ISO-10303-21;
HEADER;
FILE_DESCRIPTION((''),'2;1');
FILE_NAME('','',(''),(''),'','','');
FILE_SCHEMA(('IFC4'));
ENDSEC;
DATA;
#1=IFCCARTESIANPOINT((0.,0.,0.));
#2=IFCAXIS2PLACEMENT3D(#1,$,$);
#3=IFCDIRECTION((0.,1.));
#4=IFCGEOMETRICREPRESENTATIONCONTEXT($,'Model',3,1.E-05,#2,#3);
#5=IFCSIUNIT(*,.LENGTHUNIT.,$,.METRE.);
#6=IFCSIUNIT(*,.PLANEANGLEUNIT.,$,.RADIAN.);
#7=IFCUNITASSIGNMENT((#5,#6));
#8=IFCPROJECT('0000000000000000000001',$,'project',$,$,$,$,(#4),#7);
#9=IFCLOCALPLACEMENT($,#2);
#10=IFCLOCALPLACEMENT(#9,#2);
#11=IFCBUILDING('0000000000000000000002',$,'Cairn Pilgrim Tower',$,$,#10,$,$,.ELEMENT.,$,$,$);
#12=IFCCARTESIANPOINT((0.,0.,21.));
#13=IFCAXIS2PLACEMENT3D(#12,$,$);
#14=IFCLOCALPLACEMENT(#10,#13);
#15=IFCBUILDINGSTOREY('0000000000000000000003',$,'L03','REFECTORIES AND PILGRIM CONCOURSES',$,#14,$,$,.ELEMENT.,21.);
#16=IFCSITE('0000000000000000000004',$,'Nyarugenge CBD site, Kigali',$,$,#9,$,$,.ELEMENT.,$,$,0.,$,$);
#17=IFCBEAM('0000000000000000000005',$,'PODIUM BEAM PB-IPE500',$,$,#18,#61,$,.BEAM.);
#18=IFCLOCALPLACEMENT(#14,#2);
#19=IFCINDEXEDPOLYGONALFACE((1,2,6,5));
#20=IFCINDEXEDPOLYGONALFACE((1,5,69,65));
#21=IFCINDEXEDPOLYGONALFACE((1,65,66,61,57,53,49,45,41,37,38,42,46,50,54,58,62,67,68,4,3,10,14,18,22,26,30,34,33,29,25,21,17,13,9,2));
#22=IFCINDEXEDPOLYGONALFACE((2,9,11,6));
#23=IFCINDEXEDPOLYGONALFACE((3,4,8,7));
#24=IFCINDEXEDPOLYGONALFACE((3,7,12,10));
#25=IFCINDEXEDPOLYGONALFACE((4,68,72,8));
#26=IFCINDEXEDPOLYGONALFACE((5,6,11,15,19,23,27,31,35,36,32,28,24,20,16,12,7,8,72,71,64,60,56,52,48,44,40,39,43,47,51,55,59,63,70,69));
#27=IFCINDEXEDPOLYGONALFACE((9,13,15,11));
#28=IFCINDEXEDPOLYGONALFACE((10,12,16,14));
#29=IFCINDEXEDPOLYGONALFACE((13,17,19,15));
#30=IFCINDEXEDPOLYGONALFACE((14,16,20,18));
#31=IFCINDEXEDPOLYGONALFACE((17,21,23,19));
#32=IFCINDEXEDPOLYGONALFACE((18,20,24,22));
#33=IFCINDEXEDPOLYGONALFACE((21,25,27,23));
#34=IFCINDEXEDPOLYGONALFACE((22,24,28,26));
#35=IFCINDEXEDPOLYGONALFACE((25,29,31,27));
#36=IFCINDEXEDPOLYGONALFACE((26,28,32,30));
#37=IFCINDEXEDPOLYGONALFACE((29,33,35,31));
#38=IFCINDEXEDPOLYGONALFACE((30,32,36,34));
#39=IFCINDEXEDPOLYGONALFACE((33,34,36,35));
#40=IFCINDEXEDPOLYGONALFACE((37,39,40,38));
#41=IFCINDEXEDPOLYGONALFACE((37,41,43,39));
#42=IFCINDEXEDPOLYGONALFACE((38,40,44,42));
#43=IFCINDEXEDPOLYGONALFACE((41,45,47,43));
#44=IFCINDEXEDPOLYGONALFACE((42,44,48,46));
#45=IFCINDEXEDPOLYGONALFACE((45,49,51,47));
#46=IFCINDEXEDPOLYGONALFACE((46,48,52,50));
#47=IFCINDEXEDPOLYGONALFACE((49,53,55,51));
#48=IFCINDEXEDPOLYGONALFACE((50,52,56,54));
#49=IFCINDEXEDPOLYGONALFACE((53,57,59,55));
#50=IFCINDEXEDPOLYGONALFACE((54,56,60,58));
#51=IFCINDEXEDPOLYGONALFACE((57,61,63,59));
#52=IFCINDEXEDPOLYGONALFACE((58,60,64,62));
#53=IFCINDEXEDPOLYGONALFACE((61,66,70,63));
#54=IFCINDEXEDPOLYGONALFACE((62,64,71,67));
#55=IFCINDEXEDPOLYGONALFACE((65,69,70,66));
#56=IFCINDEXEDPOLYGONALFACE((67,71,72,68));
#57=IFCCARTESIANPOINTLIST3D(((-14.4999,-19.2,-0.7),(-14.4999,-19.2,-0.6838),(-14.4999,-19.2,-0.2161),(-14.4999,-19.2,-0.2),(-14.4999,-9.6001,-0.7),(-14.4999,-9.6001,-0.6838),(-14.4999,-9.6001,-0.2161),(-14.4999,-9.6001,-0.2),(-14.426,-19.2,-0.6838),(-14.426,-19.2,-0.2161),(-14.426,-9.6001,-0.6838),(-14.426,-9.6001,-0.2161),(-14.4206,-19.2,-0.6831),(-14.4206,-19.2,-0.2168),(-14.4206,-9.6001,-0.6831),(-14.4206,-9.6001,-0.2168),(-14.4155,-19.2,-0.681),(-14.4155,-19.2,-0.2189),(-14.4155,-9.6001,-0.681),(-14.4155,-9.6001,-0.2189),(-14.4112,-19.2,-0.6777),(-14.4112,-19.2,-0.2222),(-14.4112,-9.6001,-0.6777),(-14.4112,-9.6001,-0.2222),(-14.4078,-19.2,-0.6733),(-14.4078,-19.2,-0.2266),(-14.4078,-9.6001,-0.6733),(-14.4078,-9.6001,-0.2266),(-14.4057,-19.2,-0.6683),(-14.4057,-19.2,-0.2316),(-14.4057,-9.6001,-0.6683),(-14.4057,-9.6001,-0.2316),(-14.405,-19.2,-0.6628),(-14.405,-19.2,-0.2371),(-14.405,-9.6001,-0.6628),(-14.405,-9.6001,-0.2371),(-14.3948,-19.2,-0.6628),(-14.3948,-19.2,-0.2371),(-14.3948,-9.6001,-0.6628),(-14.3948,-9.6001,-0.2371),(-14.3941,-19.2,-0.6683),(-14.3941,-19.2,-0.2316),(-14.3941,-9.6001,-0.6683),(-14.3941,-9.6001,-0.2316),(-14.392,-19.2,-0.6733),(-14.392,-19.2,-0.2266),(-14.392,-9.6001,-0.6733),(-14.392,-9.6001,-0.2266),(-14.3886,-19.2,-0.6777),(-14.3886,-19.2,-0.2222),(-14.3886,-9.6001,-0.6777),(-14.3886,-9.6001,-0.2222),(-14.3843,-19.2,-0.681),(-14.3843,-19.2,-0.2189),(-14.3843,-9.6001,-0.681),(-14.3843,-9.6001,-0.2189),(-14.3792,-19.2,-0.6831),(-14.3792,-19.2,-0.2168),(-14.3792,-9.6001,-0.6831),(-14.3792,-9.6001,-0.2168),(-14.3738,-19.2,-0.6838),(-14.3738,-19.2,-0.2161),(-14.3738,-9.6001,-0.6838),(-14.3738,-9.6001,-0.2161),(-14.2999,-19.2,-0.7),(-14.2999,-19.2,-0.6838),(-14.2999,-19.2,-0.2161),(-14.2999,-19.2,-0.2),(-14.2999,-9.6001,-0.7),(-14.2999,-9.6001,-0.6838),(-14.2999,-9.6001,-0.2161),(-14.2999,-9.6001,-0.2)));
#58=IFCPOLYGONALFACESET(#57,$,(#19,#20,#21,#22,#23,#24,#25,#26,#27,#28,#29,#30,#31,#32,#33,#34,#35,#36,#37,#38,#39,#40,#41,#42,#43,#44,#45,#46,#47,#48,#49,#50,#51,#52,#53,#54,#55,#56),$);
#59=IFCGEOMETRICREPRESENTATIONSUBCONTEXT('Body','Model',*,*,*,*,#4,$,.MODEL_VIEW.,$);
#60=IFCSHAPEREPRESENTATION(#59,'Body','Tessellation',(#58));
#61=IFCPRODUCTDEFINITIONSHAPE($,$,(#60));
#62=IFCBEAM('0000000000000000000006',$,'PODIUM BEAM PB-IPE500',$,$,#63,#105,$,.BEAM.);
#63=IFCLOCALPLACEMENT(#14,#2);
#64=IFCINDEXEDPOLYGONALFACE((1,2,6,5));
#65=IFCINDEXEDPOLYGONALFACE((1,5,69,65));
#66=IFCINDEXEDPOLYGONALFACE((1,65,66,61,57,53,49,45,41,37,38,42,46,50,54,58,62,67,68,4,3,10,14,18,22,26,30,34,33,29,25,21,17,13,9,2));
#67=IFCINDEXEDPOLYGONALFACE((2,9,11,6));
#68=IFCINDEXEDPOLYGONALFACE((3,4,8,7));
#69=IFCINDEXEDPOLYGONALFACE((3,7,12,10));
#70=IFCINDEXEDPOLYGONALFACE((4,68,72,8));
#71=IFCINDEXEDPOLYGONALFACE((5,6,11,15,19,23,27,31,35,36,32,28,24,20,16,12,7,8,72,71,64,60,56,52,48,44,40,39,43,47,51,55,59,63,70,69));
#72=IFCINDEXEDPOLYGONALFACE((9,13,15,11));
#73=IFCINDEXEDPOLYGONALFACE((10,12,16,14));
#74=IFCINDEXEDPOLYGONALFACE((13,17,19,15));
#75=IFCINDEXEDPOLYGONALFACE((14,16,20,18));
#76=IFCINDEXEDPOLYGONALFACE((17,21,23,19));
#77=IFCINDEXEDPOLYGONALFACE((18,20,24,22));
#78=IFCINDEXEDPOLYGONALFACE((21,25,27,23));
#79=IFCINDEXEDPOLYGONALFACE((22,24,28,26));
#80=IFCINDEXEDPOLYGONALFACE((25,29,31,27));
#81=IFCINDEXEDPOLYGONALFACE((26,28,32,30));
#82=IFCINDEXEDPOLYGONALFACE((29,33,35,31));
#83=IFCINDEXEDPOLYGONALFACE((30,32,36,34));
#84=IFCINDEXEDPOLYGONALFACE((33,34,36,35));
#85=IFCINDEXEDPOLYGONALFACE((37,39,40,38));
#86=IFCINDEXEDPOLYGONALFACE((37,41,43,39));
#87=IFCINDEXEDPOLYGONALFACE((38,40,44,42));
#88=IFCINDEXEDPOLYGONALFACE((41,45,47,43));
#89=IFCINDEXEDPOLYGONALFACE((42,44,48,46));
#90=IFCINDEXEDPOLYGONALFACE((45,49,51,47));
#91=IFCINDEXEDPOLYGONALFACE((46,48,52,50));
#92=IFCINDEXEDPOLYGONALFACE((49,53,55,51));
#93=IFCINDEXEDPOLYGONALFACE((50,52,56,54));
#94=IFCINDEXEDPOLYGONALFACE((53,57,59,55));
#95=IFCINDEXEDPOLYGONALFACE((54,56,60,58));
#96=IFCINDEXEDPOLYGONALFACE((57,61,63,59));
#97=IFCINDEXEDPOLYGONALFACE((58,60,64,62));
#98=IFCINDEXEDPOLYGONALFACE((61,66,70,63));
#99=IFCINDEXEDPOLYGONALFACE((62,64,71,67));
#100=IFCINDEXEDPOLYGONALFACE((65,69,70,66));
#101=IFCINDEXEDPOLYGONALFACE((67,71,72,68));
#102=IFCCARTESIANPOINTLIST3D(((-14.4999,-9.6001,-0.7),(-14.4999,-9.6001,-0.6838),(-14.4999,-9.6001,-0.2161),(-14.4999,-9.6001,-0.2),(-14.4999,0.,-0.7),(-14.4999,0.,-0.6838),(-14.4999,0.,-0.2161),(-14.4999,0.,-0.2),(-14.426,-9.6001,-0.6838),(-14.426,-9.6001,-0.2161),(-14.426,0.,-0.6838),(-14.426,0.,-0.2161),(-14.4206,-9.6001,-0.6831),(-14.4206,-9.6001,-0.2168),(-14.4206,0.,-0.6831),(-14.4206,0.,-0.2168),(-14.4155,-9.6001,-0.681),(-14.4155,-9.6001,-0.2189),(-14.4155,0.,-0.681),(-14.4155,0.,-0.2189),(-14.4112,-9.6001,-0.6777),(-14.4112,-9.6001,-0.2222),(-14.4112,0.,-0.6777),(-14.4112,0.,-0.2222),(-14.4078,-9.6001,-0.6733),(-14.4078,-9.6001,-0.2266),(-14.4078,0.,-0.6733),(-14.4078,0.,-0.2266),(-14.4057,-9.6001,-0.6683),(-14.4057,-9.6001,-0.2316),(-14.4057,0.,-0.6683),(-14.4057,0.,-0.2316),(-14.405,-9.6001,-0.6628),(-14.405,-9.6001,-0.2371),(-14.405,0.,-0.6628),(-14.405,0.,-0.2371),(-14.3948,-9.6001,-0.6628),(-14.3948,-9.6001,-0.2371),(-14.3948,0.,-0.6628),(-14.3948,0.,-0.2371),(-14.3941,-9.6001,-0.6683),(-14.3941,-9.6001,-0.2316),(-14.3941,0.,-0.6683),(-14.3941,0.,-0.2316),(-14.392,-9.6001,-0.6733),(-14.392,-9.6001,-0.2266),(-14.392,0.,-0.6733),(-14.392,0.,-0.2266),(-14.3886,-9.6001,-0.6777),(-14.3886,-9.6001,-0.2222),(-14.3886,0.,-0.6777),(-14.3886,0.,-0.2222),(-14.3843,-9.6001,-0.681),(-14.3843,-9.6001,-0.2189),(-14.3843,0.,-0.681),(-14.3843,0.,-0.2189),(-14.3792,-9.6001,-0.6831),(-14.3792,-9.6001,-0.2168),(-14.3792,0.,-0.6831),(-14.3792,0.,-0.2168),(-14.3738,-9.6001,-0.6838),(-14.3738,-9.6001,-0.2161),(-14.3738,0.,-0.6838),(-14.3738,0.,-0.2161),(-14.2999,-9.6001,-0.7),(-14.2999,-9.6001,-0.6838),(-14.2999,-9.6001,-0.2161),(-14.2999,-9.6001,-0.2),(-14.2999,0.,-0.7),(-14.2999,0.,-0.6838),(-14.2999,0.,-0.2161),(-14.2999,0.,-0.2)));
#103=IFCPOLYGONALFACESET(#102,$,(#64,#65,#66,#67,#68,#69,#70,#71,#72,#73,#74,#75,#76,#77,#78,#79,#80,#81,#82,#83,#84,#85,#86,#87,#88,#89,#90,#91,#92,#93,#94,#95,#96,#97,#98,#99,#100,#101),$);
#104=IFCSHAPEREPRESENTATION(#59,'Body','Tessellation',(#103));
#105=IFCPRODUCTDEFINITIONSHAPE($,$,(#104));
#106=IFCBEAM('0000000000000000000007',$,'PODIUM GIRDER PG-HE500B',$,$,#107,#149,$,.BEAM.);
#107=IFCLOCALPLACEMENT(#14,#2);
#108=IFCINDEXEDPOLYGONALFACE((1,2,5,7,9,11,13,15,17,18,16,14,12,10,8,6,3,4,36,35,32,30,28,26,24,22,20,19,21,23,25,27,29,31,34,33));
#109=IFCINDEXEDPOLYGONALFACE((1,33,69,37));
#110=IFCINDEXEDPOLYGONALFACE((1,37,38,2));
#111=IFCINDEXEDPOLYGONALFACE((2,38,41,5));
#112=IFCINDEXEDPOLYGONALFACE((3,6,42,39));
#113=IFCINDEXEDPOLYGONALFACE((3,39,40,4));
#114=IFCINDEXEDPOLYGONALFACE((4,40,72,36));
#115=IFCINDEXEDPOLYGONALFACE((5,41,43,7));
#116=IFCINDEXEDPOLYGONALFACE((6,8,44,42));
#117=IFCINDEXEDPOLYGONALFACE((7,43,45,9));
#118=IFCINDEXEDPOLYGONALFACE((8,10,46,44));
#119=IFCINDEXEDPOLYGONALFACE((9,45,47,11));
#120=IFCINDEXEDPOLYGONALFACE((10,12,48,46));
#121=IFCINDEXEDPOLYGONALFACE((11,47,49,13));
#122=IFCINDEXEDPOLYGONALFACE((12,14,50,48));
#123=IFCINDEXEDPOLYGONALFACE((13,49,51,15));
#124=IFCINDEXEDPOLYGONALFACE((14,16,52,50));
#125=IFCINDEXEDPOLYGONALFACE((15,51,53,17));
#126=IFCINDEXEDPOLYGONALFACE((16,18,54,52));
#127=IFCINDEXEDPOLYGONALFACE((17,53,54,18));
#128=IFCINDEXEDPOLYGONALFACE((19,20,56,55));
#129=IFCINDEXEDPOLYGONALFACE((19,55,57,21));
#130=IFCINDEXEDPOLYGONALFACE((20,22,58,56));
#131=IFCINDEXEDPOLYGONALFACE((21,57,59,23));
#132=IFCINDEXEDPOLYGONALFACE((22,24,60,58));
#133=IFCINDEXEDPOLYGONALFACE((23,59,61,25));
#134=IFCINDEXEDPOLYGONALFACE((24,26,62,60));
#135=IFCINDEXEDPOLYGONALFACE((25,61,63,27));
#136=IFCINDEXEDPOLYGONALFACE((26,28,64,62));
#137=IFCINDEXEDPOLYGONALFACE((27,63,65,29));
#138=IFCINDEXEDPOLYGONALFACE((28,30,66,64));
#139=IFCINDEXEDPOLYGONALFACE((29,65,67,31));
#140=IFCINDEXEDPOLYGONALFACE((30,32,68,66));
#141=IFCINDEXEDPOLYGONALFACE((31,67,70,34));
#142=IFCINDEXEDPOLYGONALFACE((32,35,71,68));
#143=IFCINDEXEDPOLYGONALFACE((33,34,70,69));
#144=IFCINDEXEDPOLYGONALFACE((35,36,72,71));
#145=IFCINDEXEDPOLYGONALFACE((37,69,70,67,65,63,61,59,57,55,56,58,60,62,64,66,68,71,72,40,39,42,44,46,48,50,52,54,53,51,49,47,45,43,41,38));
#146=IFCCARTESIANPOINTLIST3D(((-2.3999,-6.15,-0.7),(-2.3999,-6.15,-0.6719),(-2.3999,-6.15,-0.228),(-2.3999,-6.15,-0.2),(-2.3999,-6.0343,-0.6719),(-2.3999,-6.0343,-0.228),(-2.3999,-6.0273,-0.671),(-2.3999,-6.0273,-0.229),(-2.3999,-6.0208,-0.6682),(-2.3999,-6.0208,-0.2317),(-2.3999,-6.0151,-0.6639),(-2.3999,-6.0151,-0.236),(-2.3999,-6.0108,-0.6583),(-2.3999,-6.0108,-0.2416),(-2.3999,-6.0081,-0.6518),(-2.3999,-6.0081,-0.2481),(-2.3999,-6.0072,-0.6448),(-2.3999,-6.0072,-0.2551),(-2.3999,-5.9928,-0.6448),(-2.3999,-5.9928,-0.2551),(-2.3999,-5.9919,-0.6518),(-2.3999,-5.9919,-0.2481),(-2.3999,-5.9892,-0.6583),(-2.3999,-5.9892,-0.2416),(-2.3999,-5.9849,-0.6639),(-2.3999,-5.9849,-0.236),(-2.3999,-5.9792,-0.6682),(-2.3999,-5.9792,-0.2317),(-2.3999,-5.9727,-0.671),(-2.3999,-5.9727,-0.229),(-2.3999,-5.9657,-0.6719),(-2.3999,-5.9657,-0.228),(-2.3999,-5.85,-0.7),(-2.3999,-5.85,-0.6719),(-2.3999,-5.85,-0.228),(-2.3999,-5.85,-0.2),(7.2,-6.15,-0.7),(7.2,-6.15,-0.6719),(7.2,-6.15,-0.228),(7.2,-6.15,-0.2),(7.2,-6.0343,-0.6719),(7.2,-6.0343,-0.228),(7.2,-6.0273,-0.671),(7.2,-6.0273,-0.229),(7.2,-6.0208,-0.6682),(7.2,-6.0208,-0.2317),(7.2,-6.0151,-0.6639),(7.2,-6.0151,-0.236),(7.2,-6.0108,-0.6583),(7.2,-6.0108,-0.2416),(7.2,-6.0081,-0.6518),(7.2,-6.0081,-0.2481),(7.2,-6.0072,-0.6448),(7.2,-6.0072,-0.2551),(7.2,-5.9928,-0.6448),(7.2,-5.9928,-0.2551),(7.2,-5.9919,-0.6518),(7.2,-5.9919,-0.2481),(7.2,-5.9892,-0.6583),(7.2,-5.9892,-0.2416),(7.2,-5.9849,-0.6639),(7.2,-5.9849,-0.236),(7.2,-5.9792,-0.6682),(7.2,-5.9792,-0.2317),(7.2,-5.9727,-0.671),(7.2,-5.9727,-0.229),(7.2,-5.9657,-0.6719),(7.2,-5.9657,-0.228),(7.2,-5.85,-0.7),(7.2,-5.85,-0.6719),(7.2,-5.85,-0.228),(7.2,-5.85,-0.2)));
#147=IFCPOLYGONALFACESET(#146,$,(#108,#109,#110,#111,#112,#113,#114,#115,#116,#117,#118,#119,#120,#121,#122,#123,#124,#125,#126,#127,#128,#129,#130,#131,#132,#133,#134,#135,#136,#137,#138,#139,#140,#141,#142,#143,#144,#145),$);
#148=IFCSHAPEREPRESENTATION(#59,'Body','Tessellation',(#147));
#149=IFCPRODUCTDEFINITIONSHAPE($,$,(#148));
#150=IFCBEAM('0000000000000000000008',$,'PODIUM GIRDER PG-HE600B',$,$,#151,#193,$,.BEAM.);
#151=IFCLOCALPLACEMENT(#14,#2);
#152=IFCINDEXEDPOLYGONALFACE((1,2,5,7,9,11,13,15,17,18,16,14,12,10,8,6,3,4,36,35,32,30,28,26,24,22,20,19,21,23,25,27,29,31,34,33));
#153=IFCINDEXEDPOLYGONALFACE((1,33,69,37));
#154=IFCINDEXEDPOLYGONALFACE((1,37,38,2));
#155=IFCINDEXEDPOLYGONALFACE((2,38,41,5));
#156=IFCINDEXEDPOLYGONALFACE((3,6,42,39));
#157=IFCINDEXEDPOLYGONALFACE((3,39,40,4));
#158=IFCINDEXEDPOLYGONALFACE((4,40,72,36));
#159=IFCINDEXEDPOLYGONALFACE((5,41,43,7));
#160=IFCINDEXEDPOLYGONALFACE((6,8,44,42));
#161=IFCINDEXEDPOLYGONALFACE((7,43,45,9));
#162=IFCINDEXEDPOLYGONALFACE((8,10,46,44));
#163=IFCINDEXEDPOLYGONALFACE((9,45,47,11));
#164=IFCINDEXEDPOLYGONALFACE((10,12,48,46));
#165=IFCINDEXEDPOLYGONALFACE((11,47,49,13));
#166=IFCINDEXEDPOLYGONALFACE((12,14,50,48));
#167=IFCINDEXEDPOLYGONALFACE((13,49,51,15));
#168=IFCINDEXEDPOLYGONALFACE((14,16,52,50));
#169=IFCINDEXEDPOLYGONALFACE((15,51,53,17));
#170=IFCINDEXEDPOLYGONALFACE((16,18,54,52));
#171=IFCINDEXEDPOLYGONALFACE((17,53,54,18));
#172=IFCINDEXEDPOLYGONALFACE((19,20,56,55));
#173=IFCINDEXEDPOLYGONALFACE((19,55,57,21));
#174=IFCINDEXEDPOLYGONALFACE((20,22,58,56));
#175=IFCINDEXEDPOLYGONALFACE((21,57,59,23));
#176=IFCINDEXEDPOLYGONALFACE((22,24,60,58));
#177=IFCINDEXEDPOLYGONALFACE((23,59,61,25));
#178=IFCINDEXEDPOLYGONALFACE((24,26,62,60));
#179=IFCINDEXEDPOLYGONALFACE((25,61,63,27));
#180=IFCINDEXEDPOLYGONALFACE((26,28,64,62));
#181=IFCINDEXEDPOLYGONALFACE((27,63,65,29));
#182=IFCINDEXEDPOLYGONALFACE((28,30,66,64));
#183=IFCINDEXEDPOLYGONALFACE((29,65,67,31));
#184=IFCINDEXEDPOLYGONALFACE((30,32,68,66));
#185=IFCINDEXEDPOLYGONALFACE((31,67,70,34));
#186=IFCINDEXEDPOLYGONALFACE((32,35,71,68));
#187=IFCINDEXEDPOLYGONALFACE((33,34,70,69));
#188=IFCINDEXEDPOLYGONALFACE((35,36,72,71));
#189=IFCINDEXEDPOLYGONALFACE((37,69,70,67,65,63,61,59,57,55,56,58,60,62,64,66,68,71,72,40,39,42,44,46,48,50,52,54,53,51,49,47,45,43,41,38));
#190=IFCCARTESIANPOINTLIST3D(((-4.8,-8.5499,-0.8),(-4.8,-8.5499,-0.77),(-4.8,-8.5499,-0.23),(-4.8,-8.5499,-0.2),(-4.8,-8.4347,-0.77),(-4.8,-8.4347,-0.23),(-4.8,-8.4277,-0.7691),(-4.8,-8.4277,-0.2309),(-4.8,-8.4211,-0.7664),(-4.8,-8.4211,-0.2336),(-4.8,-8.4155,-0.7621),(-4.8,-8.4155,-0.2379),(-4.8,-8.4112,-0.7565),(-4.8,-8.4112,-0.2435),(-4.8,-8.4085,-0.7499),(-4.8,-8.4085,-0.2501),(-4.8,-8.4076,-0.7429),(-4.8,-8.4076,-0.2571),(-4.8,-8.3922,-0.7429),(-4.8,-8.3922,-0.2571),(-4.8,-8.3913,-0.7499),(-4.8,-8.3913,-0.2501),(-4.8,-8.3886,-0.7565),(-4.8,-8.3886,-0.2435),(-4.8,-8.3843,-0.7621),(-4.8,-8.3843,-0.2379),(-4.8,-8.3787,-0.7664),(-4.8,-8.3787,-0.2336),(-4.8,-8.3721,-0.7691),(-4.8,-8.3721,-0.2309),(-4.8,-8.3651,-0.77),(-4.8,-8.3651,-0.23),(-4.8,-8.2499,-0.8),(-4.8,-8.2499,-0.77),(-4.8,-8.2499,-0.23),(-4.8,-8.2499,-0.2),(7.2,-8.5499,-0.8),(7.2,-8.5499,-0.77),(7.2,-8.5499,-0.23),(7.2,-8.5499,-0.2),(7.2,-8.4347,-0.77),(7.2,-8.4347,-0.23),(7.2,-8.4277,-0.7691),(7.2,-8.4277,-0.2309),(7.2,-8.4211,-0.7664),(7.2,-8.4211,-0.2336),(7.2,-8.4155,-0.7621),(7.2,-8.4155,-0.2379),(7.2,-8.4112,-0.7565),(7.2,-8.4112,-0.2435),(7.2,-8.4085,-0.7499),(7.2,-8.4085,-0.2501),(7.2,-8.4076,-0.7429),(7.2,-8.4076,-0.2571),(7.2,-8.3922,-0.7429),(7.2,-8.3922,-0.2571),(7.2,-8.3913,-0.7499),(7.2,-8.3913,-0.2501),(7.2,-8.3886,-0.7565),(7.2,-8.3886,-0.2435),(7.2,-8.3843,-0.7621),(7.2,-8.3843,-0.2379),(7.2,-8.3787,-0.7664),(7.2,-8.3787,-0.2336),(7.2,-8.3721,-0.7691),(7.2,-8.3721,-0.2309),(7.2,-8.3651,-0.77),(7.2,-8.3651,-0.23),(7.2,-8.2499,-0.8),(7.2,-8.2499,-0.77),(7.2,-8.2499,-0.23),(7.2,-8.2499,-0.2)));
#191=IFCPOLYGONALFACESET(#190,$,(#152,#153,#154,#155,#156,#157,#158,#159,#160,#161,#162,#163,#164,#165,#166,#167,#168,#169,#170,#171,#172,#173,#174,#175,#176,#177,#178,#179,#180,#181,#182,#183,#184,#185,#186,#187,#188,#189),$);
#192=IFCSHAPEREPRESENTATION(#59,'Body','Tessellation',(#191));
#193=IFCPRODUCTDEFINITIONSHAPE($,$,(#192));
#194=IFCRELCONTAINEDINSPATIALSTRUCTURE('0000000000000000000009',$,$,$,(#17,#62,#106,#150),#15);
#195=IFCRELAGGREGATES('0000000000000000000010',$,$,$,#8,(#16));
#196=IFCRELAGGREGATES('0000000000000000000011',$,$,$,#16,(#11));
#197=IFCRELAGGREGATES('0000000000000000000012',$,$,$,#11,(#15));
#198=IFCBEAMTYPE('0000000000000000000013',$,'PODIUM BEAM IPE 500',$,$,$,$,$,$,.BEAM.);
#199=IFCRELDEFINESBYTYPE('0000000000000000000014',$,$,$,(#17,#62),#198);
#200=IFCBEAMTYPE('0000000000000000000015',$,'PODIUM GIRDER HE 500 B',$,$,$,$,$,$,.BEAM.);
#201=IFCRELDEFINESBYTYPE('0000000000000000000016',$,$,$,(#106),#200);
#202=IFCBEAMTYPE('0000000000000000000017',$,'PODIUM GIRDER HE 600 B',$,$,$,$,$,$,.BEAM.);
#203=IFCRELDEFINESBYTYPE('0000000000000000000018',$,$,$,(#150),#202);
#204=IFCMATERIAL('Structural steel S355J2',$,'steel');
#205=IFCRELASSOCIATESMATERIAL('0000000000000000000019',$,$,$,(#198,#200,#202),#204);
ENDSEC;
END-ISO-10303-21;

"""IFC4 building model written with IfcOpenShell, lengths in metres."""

from ifc_helpers import new_model, si_unit, direction, frame, origin, origin_2d, place, context, subcontext, project, spatial, i_section, extrude, material, material_profile, profile_set, type_object, element, save


model = new_model("IFC4")

# Units and contexts
model_context = context("Model", 3, precision=1e-05, world=origin(), true_north=direction((0.0, 1.0)))
body_context = subcontext(model_context, "Body", "Model", "MODEL_VIEW")
ifc_project = project(units=[si_unit("LENGTHUNIT", "METRE"), si_unit("PLANEANGLEUNIT", "RADIAN")], contexts=[model_context])

# Site, building, storey
site_placement = place(None, origin())
site = spatial("IfcSite", under=ifc_project, at=site_placement, Name="Nyarugenge CBD site, Kigali", CompositionType="ELEMENT", RefElevation=0.0)
building_placement = place(site_placement, origin())
building = spatial("IfcBuilding", under=site, at=building_placement, Name="Cairn Pilgrim Tower", CompositionType="ELEMENT")
storey_placement = place(building_placement, frame((0.0, 0.0, 21.0)))
storey = spatial("IfcBuildingStorey", under=building, at=storey_placement, Name="L03", Description="REFECTORIES AND PILGRIM CONCOURSES", CompositionType="ELEMENT", Elevation=21.0)

# Beams
ifc_material_1 = material(Name="Structural steel S355J2", Category="steel")
ifc_material_profile_1 = material_profile(ifc_material_1, i_section(OverallWidth=0.2, OverallDepth=0.5, WebThickness=0.0103, FlangeThickness=0.0161, FilletRadius=0.021, at=origin_2d()), Name="IPE 500")
ifc_profile_set_1 = profile_set([ifc_material_profile_1], Name="Structural steel S355J2")
beam_type_1 = type_object("IfcBeamType", Name="PODIUM BEAM IPE 500", PredefinedType="BEAM", material=ifc_profile_set_1)
beam_1_placement = place(storey_placement, frame((-14.3999, -19.2, -0.45), z_axis=(0.0, 1.0, 0.0), x_axis=(-1.0, 0.0, 0.0)))
element("IfcBeam", 1, at=beam_1_placement, inside=storey, type_object=beam_type_1, Name="PODIUM BEAM PB-IPE500", PredefinedType="BEAM", context=body_context, shape_type="SweptSolid", body=[
    extrude(i_section(OverallWidth=0.2, OverallDepth=0.5, WebThickness=0.0103, FlangeThickness=0.0161, FilletRadius=0.021, at=origin_2d()), origin(), (0.0, 0.0, 1.0), 9.5999),
])
beam_2_placement = place(storey_placement, frame((-14.3999, -9.6001, -0.45), z_axis=(0.0, 1.0, 0.0), x_axis=(-1.0, 0.0, 0.0)))
element("IfcBeam", 2, at=beam_2_placement, inside=storey, type_object=beam_type_1, Name="PODIUM BEAM PB-IPE500", PredefinedType="BEAM", context=body_context, shape_type="SweptSolid", body=[
    extrude(i_section(OverallWidth=0.2, OverallDepth=0.5, WebThickness=0.0103, FlangeThickness=0.0161, FilletRadius=0.021, at=origin_2d()), origin(), (0.0, 0.0, 1.0), 9.6001),
])
ifc_material_profile_2 = material_profile(ifc_material_1, i_section(OverallWidth=0.3, OverallDepth=0.5, WebThickness=0.0144, FlangeThickness=0.0281, FilletRadius=0.0271, at=origin_2d()), Name="HEB 500")
ifc_profile_set_2 = profile_set([ifc_material_profile_2], Name="Structural steel S355J2")
beam_type_2 = type_object("IfcBeamType", Name="PODIUM GIRDER HE 500 B", PredefinedType="BEAM", material=ifc_profile_set_2)
beam_3_placement = place(storey_placement, frame((-2.3999, -6.0, -0.45), z_axis=(1.0, 0.0, 0.0), x_axis=(0.0, 1.0, 0.0)))
element("IfcBeam", 3, at=beam_3_placement, inside=storey, type_object=beam_type_2, Name="PODIUM GIRDER PG-HE500B", PredefinedType="BEAM", context=body_context, shape_type="SweptSolid", body=[
    extrude(i_section(OverallWidth=0.3, OverallDepth=0.5, WebThickness=0.0144, FlangeThickness=0.0281, FilletRadius=0.0271, at=origin_2d()), origin(), (0.0, 0.0, 1.0), 9.5999),
])
ifc_material_profile_3 = material_profile(ifc_material_1, i_section(OverallWidth=0.3, OverallDepth=0.6001, WebThickness=0.0154, FlangeThickness=0.03, FilletRadius=0.0271, at=origin_2d()), Name="HEB 600")
ifc_profile_set_3 = profile_set([ifc_material_profile_3], Name="Structural steel S355J2")
beam_type_3 = type_object("IfcBeamType", Name="PODIUM GIRDER HE 600 B", PredefinedType="BEAM", material=ifc_profile_set_3)
beam_4_placement = place(storey_placement, frame((-4.8, -8.3999, -0.5), z_axis=(1.0, 0.0, 0.0), x_axis=(0.0, 1.0, 0.0)))
element("IfcBeam", 4, at=beam_4_placement, inside=storey, type_object=beam_type_3, Name="PODIUM GIRDER PG-HE600B", PredefinedType="BEAM", context=body_context, shape_type="SweptSolid", body=[
    extrude(i_section(OverallWidth=0.3, OverallDepth=0.6001, WebThickness=0.0154, FlangeThickness=0.03, FilletRadius=0.0271, at=origin_2d()), origin(), (0.0, 0.0, 1.0), 12.0),
])

save(model, "model.ifc")
